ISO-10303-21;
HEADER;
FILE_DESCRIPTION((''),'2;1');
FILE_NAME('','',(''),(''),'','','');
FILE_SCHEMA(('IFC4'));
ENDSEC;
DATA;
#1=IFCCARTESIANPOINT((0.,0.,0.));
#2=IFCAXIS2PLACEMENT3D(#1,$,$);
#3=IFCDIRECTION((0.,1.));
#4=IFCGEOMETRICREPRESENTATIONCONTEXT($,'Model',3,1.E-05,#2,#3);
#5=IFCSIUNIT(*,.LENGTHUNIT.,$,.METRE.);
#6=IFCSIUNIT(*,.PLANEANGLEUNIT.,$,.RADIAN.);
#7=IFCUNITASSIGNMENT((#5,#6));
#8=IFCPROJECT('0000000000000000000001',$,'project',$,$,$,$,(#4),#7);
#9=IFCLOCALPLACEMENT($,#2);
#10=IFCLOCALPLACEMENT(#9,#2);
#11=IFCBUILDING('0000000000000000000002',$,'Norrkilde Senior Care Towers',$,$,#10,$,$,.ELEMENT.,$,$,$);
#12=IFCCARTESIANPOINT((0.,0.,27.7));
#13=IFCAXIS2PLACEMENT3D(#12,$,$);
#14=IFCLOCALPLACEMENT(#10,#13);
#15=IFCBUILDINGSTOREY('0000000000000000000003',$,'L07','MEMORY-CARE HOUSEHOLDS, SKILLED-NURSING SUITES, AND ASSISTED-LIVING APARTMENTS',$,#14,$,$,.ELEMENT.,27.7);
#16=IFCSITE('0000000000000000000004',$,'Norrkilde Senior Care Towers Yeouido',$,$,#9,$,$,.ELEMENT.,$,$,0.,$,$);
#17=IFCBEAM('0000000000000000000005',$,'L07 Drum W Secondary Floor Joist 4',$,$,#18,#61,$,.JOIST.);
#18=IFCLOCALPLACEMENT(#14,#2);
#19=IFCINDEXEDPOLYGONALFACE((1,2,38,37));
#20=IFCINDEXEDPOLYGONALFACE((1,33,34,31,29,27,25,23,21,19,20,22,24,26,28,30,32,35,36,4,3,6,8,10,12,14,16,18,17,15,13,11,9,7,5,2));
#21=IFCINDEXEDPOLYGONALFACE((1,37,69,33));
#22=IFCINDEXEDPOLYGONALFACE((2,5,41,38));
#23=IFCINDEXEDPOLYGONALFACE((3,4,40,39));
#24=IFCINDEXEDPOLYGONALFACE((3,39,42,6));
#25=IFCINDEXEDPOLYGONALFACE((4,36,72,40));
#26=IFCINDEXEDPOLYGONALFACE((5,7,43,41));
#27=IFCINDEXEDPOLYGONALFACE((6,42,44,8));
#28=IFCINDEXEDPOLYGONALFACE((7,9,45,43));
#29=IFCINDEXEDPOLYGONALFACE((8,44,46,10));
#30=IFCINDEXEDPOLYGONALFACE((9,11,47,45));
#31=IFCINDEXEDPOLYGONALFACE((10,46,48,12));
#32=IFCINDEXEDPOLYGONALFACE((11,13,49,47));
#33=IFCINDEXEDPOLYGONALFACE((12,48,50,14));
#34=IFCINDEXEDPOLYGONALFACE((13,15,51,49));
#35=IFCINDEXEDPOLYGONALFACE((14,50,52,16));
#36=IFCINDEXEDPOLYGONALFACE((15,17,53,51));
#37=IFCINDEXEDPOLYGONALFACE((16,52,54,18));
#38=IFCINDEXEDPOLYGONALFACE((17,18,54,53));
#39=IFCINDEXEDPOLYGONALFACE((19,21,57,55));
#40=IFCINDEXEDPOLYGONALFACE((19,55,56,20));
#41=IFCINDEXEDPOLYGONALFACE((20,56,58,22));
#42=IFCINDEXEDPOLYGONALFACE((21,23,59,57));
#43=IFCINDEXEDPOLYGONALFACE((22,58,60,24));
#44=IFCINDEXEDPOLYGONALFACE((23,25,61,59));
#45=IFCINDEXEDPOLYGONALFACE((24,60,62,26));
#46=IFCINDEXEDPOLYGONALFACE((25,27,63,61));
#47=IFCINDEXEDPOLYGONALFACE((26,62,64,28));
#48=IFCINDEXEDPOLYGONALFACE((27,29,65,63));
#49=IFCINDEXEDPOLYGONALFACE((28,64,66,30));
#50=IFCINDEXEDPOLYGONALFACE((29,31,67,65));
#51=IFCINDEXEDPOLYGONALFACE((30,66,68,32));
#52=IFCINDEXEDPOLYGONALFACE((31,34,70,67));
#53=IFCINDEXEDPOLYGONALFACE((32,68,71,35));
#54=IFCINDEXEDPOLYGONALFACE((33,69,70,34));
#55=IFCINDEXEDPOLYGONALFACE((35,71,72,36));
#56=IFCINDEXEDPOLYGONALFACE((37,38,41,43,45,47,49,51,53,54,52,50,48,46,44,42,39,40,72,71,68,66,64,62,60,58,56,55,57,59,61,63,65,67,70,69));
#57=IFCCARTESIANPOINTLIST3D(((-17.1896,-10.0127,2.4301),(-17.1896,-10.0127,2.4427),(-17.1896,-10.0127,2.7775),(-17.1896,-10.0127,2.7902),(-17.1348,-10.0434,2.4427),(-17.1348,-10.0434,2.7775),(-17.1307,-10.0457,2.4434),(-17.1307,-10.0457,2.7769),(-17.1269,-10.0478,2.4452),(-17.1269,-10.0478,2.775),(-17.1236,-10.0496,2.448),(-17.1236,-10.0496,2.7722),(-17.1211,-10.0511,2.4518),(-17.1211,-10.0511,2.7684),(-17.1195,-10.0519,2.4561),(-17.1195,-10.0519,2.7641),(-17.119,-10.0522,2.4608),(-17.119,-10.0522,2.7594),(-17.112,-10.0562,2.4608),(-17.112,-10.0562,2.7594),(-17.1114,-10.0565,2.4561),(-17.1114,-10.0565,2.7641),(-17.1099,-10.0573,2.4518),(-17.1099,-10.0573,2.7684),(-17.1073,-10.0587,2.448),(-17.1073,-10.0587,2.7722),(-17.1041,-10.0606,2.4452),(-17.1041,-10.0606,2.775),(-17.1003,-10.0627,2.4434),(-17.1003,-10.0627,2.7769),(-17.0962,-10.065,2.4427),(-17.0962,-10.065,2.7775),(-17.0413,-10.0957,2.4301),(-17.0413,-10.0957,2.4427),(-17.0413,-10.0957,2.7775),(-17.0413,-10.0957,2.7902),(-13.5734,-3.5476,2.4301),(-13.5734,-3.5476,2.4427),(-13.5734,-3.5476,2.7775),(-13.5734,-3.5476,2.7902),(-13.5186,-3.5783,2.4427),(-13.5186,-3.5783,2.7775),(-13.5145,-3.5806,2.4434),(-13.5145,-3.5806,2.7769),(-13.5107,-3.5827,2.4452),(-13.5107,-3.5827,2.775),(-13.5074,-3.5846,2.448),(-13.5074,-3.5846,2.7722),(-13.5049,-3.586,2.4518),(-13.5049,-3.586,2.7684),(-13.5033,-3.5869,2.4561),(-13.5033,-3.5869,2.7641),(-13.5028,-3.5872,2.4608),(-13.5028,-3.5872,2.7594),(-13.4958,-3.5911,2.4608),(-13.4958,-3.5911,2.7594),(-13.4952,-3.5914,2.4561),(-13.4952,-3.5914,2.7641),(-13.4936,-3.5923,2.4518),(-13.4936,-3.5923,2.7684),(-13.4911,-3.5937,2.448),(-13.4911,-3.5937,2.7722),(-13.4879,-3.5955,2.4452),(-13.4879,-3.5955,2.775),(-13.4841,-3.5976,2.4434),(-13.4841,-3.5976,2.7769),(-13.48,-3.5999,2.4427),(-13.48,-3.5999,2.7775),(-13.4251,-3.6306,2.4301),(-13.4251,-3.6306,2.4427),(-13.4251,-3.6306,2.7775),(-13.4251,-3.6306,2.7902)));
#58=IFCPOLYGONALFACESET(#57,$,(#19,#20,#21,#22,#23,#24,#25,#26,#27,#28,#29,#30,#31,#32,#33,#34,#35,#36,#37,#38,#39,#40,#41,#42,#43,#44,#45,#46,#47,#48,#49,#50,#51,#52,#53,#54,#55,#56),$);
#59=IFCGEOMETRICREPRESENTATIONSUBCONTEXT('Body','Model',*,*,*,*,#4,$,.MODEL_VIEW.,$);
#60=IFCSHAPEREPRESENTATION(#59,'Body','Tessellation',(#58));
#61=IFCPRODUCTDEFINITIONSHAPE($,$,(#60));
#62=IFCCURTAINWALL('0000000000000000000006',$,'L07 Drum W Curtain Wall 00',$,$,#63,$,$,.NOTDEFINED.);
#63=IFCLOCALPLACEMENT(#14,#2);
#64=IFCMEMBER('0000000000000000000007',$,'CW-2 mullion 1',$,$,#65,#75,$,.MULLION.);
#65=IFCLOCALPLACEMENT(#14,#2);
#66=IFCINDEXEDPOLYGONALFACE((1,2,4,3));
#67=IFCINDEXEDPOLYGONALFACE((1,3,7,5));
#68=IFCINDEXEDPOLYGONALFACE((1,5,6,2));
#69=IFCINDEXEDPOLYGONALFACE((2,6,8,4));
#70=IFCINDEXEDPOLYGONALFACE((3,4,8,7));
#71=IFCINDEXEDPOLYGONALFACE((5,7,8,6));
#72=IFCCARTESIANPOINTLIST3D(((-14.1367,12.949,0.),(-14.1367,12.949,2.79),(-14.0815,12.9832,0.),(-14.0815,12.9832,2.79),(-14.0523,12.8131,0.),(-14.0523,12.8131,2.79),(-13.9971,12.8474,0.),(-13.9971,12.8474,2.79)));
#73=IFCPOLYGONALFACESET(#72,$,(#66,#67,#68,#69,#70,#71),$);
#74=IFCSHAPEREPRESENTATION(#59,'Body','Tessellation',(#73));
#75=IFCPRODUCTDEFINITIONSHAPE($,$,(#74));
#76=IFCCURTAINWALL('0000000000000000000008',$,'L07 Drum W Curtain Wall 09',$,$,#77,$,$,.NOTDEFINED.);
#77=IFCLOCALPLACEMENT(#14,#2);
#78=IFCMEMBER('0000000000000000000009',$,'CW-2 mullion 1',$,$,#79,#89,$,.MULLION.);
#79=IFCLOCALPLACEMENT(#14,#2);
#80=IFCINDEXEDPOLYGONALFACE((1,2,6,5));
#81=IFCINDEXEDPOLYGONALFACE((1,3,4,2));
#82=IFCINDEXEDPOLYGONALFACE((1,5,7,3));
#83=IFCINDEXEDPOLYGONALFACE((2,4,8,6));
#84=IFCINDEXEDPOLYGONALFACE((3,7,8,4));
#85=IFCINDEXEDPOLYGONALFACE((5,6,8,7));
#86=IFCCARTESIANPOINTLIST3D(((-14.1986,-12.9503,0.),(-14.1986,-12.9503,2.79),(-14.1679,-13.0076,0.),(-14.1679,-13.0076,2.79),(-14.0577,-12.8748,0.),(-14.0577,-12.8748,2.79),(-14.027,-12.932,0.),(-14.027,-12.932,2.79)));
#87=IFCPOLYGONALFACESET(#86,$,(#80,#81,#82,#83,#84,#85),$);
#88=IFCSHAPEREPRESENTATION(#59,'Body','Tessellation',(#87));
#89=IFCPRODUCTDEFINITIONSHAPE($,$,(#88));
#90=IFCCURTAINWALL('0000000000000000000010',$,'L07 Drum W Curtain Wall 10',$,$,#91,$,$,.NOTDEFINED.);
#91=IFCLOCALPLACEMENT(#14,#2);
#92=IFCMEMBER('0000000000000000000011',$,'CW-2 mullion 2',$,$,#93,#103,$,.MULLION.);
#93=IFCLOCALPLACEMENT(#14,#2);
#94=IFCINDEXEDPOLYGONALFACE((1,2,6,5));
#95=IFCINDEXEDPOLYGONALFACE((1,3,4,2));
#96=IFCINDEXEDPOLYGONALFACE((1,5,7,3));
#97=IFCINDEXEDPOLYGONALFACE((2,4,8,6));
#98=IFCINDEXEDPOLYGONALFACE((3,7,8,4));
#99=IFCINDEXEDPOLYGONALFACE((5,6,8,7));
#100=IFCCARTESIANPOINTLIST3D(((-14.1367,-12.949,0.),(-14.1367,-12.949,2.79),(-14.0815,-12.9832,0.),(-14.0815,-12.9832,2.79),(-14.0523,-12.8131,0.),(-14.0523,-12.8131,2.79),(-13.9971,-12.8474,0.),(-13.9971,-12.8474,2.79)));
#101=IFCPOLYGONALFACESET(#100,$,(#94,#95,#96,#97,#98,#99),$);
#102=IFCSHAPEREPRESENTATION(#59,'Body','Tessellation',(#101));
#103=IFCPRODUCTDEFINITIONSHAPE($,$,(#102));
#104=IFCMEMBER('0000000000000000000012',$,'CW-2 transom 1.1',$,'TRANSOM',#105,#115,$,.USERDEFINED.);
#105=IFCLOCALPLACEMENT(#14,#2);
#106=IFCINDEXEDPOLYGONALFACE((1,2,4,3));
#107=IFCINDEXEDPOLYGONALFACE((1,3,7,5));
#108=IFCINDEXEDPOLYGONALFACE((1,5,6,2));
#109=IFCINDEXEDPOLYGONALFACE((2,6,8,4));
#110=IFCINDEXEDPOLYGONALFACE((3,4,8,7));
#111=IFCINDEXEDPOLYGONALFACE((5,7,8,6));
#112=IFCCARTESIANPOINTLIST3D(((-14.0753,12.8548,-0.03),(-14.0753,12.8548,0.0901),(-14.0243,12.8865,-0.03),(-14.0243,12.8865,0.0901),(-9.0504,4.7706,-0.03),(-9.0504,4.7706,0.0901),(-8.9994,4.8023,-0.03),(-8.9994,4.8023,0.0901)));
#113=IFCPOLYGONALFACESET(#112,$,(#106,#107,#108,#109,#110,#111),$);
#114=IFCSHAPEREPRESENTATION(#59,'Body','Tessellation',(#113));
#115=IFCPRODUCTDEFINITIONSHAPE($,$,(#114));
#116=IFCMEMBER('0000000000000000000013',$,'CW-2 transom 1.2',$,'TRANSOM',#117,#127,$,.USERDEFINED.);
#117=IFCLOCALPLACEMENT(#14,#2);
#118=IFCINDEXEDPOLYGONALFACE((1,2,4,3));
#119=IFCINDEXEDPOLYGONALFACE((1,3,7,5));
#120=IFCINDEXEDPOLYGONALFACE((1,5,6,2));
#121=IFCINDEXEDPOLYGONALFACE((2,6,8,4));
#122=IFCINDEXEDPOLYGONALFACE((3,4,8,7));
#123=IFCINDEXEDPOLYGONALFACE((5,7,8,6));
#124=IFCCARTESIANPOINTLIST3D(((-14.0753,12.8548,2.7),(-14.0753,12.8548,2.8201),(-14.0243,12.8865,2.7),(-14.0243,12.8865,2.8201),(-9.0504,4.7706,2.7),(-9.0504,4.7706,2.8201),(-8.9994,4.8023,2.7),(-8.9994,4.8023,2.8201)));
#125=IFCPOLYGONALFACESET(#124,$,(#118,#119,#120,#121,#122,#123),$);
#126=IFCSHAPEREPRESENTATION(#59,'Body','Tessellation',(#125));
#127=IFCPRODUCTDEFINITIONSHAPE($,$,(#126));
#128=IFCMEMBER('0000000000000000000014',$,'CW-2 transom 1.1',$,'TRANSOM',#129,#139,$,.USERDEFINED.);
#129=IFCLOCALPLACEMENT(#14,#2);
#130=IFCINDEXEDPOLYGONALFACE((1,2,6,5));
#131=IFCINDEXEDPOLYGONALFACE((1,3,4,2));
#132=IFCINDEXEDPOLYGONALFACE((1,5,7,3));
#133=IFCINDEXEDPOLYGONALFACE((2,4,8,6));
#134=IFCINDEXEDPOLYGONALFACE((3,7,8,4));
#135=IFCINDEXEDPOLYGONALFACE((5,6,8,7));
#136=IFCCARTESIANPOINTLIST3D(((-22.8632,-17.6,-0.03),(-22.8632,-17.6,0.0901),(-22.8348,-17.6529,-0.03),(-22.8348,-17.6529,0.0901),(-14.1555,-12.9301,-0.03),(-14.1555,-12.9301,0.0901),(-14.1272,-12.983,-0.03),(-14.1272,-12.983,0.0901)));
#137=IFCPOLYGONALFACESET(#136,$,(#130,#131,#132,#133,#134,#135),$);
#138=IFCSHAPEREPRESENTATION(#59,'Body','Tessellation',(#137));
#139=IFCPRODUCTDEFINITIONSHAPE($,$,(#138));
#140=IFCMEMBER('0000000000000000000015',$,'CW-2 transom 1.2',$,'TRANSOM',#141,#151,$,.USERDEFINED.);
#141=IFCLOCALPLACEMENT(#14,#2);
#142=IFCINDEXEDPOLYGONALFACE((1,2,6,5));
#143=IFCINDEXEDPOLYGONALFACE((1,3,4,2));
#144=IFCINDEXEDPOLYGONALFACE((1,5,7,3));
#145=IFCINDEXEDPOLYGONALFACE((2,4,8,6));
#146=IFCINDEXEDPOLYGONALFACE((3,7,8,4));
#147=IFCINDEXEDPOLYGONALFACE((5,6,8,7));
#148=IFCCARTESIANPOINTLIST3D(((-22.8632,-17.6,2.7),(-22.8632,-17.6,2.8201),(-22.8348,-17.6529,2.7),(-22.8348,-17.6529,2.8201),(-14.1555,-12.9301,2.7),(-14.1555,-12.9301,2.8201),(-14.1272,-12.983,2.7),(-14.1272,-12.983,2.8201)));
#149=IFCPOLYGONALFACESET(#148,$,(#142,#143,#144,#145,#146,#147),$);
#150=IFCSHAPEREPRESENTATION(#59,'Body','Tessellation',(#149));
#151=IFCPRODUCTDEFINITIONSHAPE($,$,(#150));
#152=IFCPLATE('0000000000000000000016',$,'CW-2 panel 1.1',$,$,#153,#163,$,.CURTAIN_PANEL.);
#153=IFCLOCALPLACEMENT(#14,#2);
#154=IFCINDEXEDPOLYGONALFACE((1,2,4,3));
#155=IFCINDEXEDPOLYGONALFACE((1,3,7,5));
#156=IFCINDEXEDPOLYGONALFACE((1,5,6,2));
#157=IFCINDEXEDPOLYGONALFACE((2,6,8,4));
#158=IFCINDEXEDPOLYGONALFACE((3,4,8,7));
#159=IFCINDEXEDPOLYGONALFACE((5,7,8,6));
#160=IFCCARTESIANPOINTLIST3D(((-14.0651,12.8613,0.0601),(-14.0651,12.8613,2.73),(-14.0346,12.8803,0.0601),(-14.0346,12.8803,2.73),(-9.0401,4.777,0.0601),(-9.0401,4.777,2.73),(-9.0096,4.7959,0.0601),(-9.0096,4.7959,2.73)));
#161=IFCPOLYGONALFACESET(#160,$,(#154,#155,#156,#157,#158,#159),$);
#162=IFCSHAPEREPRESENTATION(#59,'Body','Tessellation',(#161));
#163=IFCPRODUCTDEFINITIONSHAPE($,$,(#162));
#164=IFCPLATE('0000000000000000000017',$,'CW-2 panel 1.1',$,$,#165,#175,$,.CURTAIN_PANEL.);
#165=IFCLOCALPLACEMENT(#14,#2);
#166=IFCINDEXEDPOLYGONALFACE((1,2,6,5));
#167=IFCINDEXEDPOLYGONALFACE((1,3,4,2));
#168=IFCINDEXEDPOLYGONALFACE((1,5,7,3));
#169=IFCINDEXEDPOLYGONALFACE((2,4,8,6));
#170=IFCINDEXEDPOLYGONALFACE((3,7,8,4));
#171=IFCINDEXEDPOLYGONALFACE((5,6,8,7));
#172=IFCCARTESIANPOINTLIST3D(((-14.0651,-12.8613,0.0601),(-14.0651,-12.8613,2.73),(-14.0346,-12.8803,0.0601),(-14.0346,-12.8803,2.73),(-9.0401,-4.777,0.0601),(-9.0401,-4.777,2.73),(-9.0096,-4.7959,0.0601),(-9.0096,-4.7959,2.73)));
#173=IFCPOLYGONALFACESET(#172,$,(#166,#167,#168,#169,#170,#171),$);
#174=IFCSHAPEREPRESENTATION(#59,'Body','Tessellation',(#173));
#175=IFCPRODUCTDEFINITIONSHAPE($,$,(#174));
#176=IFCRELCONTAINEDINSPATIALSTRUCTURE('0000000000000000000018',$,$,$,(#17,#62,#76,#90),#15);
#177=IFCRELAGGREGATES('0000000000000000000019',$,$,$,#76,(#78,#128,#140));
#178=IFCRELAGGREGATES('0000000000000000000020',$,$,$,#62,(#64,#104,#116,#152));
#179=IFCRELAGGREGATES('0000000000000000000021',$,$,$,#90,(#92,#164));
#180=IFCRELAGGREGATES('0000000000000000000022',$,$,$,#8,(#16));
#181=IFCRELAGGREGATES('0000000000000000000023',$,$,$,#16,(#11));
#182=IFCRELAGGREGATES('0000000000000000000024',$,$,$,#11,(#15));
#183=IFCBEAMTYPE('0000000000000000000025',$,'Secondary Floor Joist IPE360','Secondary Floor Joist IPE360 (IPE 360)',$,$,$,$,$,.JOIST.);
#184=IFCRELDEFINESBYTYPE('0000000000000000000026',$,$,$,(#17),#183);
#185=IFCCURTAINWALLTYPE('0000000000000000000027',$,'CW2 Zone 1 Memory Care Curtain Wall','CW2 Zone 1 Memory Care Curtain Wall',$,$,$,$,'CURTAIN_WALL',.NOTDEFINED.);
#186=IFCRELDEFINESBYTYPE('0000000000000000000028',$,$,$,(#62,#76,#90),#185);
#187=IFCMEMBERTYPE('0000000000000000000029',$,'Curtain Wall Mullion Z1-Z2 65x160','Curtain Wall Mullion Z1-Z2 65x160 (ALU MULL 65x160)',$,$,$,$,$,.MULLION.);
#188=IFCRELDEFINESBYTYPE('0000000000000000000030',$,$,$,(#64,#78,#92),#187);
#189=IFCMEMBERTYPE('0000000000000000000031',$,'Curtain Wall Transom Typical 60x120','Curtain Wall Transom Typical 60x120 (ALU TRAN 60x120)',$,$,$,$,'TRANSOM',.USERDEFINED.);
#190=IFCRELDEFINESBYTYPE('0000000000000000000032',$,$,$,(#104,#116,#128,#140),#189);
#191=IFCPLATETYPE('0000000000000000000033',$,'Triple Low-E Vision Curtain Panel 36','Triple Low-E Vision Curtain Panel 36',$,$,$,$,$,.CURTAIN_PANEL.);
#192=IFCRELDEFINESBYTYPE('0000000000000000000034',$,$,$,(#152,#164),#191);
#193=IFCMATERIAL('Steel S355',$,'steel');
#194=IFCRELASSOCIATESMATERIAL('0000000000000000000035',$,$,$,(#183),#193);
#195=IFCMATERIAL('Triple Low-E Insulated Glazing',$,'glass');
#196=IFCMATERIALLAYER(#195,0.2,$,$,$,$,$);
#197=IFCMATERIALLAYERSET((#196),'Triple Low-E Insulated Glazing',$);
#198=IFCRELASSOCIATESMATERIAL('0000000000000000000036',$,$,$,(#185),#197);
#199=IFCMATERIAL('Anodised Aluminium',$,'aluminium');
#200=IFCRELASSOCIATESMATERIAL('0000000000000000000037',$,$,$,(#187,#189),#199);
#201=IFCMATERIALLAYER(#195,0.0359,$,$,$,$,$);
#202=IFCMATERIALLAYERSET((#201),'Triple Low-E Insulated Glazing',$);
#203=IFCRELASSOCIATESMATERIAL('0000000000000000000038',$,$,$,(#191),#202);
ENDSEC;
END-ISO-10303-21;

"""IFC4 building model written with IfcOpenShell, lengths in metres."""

from ifc_helpers import new_model, si_unit, direction, frame, origin, origin_2d, place, context, subcontext, project, spatial, rectangle, i_section, extrude, source, transform, mapped, material, layer, layer_set, material_profile, profile_set, type_object, type_shapes, element, aggregate, save


model = new_model("IFC4")

# Units and contexts
model_context = context("Model", 3, precision=1e-05, world=origin(), true_north=direction((0.0, 1.0)))
body_context = subcontext(model_context, "Body", "Model", "MODEL_VIEW")
ifc_project = project(units=[si_unit("LENGTHUNIT", "METRE"), si_unit("PLANEANGLEUNIT", "RADIAN")], contexts=[model_context])

# Site, building, storey
site_placement = place(None, origin())
site = spatial("IfcSite", under=ifc_project, at=site_placement, Name="Norrkilde Senior Care Towers Yeouido", CompositionType="ELEMENT", RefElevation=0.0)
building_placement = place(site_placement, origin())
building = spatial("IfcBuilding", under=site, at=building_placement, Name="Norrkilde Senior Care Towers", CompositionType="ELEMENT")
storey_placement = place(building_placement, frame((0.0, 0.0, 27.7)))
storey = spatial("IfcBuildingStorey", under=building, at=storey_placement, Name="L07", Description="MEMORY-CARE HOUSEHOLDS, SKILLED-NURSING SUITES, AND ASSISTED-LIVING APARTMENTS", CompositionType="ELEMENT", Elevation=27.7)

# Beam
ifc_material_1 = material(Name="Steel S355", Category="steel")
ifc_material_profile_1 = material_profile(ifc_material_1, i_section(OverallWidth=0.1699, OverallDepth=0.3601, WebThickness=0.0081, FlangeThickness=0.0127, FilletRadius=0.0181, at=origin_2d()), Name="IPE 360")
ifc_profile_set_1 = profile_set([ifc_material_profile_1], Name="Steel S355")
beam_type_1 = type_object("IfcBeamType", Name="Secondary Floor Joist IPE360", Description="Secondary Floor Joist IPE360 (IPE 360)", PredefinedType="JOIST", material=ifc_profile_set_1)
shared_shape_1 = source(origin(), body_context, "Body", "SweptSolid", [
    extrude(i_section(OverallWidth=0.1699, OverallDepth=0.3601, WebThickness=0.0081, FlangeThickness=0.0127, FilletRadius=0.0181, at=origin_2d()), origin(), (0.0, 0.0, 1.0), 7.4077),
])
beam_1_placement = place(storey_placement, frame((-17.1155, -10.0542, 2.6101), z_axis=(0.488168, 0.87275, 0.0), x_axis=(-0.87275, 0.488168, 0.0)))
element("IfcBeam", 1, at=beam_1_placement, inside=storey, type_object=beam_type_1, Name="L07 Drum W Secondary Floor Joist 4", PredefinedType="JOIST", context=body_context, shape_type="MappedRepresentation", body=[
    mapped(shared_shape_1, transform((0.0, 0.0, 0.0), x_axis=(1.0, 0.0, 0.0), y_axis=(0.0, 1.0, 0.0), z_axis=(0.0, 0.0, 1.0), scale=1.0)),
])

# Curtain walls, members
ifc_material_2 = material(Name="Triple Low-E Insulated Glazing", Category="glass")
ifc_layer_1 = layer(ifc_material_2, 0.2)
ifc_layer_set_1 = layer_set([ifc_layer_1], Name="Triple Low-E Insulated Glazing")
curtain_wall_type = type_object("IfcCurtainWallType", Name="CW2 Zone 1 Memory Care Curtain Wall", Description="CW2 Zone 1 Memory Care Curtain Wall", ElementType="CURTAIN_WALL", PredefinedType="NOTDEFINED", material=ifc_layer_set_1)
curtain_wall_1_placement = place(storey_placement, origin())
curtain_wall_1 = element("IfcCurtainWall", 2, at=curtain_wall_1_placement, inside=storey, type_object=curtain_wall_type, Name="L07 Drum W Curtain Wall 00", PredefinedType="NOTDEFINED")
ifc_material_3 = material(Name="Anodised Aluminium", Category="aluminium")
ifc_material_profile_2 = material_profile(ifc_material_3, rectangle(XDim=0.0649, YDim=0.1599, at=origin_2d()), Name="ALU MULL 65x160")
ifc_profile_set_2 = profile_set([ifc_material_profile_2], Name="Anodised Aluminium")
member_type_1 = type_object("IfcMemberType", Name="Curtain Wall Mullion Z1-Z2 65x160", Description="Curtain Wall Mullion Z1-Z2 65x160 (ALU MULL 65x160)", PredefinedType="MULLION", material=ifc_profile_set_2)
shared_shape_2 = source(origin(), body_context, "Body", "SweptSolid", [
    extrude(rectangle(XDim=0.0649, YDim=0.1599, at=origin_2d()), origin(), (0.0, 0.0, 1.0), 2.79),
])
type_shapes(member_type_1, [shared_shape_2])
member_1_placement = place(storey_placement, frame((-14.0669, 12.8982, 0.0), z_axis=(0.0, 0.0, 1.0), x_axis=(0.849306, 0.527901, 0.0)))
member_1 = element("IfcMember", 3, at=member_1_placement, type_object=member_type_1, Name="CW-2 mullion 1", PredefinedType="MULLION", context=body_context, shape_type="MappedRepresentation", body=[
    mapped(shared_shape_2, transform((0.0, 0.0, 0.0), x_axis=(1.0, 0.0, 0.0), y_axis=(0.0, 1.0, 0.0), z_axis=(0.0, 0.0, 1.0), scale=1.0)),
])
curtain_wall_2_placement = place(storey_placement, origin())
curtain_wall_2 = element("IfcCurtainWall", 4, at=curtain_wall_2_placement, inside=storey, type_object=curtain_wall_type, Name="L07 Drum W Curtain Wall 09", PredefinedType="NOTDEFINED")
member_2_placement = place(storey_placement, frame((-14.1128, -12.9412, 0.0), z_axis=(0.0, 0.0, 1.0), x_axis=(0.472608, -0.881273, 0.0)))
member_2 = element("IfcMember", 5, at=member_2_placement, type_object=member_type_1, Name="CW-2 mullion 1", PredefinedType="MULLION", context=body_context, shape_type="MappedRepresentation", body=[
    mapped(shared_shape_2, transform((0.0, 0.0, 0.0), x_axis=(1.0, 0.0, 0.0), y_axis=(0.0, 1.0, 0.0), z_axis=(0.0, 0.0, 1.0), scale=1.0)),
])
curtain_wall_3_placement = place(storey_placement, origin())
curtain_wall_3 = element("IfcCurtainWall", 6, at=curtain_wall_3_placement, inside=storey, type_object=curtain_wall_type, Name="L07 Drum W Curtain Wall 10", PredefinedType="NOTDEFINED")
member_3_placement = place(storey_placement, frame((-14.0669, -12.8982, 0.0), z_axis=(0.0, 0.0, 1.0), x_axis=(0.849306, -0.527901, 0.0)))
member_3 = element("IfcMember", 7, at=member_3_placement, type_object=member_type_1, Name="CW-2 mullion 2", PredefinedType="MULLION", context=body_context, shape_type="MappedRepresentation", body=[
    mapped(shared_shape_2, transform((0.0, 0.0, 0.0), x_axis=(1.0, 0.0, 0.0), y_axis=(0.0, 1.0, 0.0), z_axis=(0.0, 0.0, 1.0), scale=1.0)),
])

# Members
ifc_material_profile_3 = material_profile(ifc_material_3, rectangle(XDim=0.0601, YDim=0.1201, at=origin_2d()), Name="ALU TRAN 60x120")
ifc_profile_set_3 = profile_set([ifc_material_profile_3], Name="Anodised Aluminium")
member_type_2 = type_object("IfcMemberType", Name="Curtain Wall Transom Typical 60x120", Description="Curtain Wall Transom Typical 60x120 (ALU TRAN 60x120)", ElementType="TRANSOM", PredefinedType="USERDEFINED", material=ifc_profile_set_3)
shared_shape_3 = source(origin(), body_context, "Body", "SweptSolid", [
    extrude(rectangle(XDim=0.0601, YDim=0.1201, at=origin_2d()), origin(), (0.0, 0.0, 1.0), 9.5186),
])
member_4_placement = place(storey_placement, frame((-14.0498, 12.8706, 0.03), z_axis=(0.527902, -0.849306, 0.0), x_axis=(0.849306, 0.527902, 0.0)))
member_4 = element("IfcMember", 8, at=member_4_placement, type_object=member_type_2, Name="CW-2 transom 1.1", ObjectType="TRANSOM", PredefinedType="USERDEFINED", context=body_context, shape_type="MappedRepresentation", body=[
    mapped(shared_shape_3, transform((0.0, 0.0, 0.0), x_axis=(1.0, 0.0, 0.0), y_axis=(0.0, 1.0, 0.0), z_axis=(0.0, 0.0, 1.0), scale=1.0)),
])
member_5_placement = place(storey_placement, frame((-14.0498, 12.8706, 2.76), z_axis=(0.527902, -0.849306, 0.0), x_axis=(0.849306, 0.527902, 0.0)))
member_5 = element("IfcMember", 9, at=member_5_placement, type_object=member_type_2, Name="CW-2 transom 1.2", ObjectType="TRANSOM", PredefinedType="USERDEFINED", context=body_context, shape_type="MappedRepresentation", body=[
    mapped(shared_shape_3, transform((0.0, 0.0, 0.0), x_axis=(1.0, 0.0, 0.0), y_axis=(0.0, 1.0, 0.0), z_axis=(0.0, 0.0, 1.0), scale=1.0)),
])
shared_shape_4 = source(origin(), body_context, "Body", "SweptSolid", [
    extrude(rectangle(XDim=0.0601, YDim=0.1201, at=origin_2d()), origin(), (0.0, 0.0, 1.0), 9.8809),
])
type_shapes(member_type_2, [shared_shape_3, shared_shape_4])
member_6_placement = place(storey_placement, frame((-14.1414, -12.9565, 0.03), z_axis=(-0.881267, -0.472618, 0.0), x_axis=(0.472618, -0.881267, 0.0)))
member_6 = element("IfcMember", 10, at=member_6_placement, type_object=member_type_2, Name="CW-2 transom 1.1", ObjectType="TRANSOM", PredefinedType="USERDEFINED", context=body_context, shape_type="MappedRepresentation", body=[
    mapped(shared_shape_4, transform((0.0, 0.0, 0.0), x_axis=(1.0, 0.0, 0.0), y_axis=(0.0, 1.0, 0.0), z_axis=(0.0, 0.0, 1.0), scale=1.0)),
])
member_7_placement = place(storey_placement, frame((-14.1414, -12.9565, 2.76), z_axis=(-0.881267, -0.472618, 0.0), x_axis=(0.472618, -0.881267, 0.0)))
member_7 = element("IfcMember", 11, at=member_7_placement, type_object=member_type_2, Name="CW-2 transom 1.2", ObjectType="TRANSOM", PredefinedType="USERDEFINED", context=body_context, shape_type="MappedRepresentation", body=[
    mapped(shared_shape_4, transform((0.0, 0.0, 0.0), x_axis=(1.0, 0.0, 0.0), y_axis=(0.0, 1.0, 0.0), z_axis=(0.0, 0.0, 1.0), scale=1.0)),
])
aggregate(curtain_wall_2, [member_2, member_6, member_7])

# Plates
ifc_layer_2 = layer(ifc_material_2, 0.0359)
ifc_layer_set_2 = layer_set([ifc_layer_2], Name="Triple Low-E Insulated Glazing")
plate_type = type_object("IfcPlateType", Name="Triple Low-E Vision Curtain Panel 36", Description="Triple Low-E Vision Curtain Panel 36", PredefinedType="CURTAIN_PANEL", material=ifc_layer_set_2)
shared_shape_5 = source(origin(), body_context, "Body", "SweptSolid", [
    extrude(rectangle(XDim=9.5188, YDim=0.0359, at=origin_2d()), origin(), (0.0, 0.0, 1.0), 2.6699),
])
type_shapes(plate_type, [shared_shape_5])
plate_1_placement = place(storey_placement, frame((-11.5374, 8.8286, 0.0601), z_axis=(0.0, 0.0, 1.0), x_axis=(0.527901, -0.849306, 0.0)))
plate_1 = element("IfcPlate", 12, at=plate_1_placement, type_object=plate_type, Name="CW-2 panel 1.1", PredefinedType="CURTAIN_PANEL", context=body_context, shape_type="MappedRepresentation", body=[
    mapped(shared_shape_5, transform((0.0, 0.0, 0.0), x_axis=(1.0, 0.0, 0.0), y_axis=(0.0, 1.0, 0.0), z_axis=(0.0, 0.0, 1.0), scale=1.0)),
])
aggregate(curtain_wall_1, [member_1, member_4, member_5, plate_1])
plate_2_placement = place(storey_placement, frame((-11.5374, -8.8286, 0.0601), z_axis=(0.0, 0.0, 1.0), x_axis=(-0.527901, -0.849306, 0.0)))
plate_2 = element("IfcPlate", 13, at=plate_2_placement, type_object=plate_type, Name="CW-2 panel 1.1", PredefinedType="CURTAIN_PANEL", context=body_context, shape_type="MappedRepresentation", body=[
    mapped(shared_shape_5, transform((0.0, 0.0, 0.0), x_axis=(1.0, 0.0, 0.0), y_axis=(0.0, 1.0, 0.0), z_axis=(0.0, 0.0, 1.0), scale=1.0)),
])
aggregate(curtain_wall_3, [member_3, plate_2])

save(model, "model.ifc")
